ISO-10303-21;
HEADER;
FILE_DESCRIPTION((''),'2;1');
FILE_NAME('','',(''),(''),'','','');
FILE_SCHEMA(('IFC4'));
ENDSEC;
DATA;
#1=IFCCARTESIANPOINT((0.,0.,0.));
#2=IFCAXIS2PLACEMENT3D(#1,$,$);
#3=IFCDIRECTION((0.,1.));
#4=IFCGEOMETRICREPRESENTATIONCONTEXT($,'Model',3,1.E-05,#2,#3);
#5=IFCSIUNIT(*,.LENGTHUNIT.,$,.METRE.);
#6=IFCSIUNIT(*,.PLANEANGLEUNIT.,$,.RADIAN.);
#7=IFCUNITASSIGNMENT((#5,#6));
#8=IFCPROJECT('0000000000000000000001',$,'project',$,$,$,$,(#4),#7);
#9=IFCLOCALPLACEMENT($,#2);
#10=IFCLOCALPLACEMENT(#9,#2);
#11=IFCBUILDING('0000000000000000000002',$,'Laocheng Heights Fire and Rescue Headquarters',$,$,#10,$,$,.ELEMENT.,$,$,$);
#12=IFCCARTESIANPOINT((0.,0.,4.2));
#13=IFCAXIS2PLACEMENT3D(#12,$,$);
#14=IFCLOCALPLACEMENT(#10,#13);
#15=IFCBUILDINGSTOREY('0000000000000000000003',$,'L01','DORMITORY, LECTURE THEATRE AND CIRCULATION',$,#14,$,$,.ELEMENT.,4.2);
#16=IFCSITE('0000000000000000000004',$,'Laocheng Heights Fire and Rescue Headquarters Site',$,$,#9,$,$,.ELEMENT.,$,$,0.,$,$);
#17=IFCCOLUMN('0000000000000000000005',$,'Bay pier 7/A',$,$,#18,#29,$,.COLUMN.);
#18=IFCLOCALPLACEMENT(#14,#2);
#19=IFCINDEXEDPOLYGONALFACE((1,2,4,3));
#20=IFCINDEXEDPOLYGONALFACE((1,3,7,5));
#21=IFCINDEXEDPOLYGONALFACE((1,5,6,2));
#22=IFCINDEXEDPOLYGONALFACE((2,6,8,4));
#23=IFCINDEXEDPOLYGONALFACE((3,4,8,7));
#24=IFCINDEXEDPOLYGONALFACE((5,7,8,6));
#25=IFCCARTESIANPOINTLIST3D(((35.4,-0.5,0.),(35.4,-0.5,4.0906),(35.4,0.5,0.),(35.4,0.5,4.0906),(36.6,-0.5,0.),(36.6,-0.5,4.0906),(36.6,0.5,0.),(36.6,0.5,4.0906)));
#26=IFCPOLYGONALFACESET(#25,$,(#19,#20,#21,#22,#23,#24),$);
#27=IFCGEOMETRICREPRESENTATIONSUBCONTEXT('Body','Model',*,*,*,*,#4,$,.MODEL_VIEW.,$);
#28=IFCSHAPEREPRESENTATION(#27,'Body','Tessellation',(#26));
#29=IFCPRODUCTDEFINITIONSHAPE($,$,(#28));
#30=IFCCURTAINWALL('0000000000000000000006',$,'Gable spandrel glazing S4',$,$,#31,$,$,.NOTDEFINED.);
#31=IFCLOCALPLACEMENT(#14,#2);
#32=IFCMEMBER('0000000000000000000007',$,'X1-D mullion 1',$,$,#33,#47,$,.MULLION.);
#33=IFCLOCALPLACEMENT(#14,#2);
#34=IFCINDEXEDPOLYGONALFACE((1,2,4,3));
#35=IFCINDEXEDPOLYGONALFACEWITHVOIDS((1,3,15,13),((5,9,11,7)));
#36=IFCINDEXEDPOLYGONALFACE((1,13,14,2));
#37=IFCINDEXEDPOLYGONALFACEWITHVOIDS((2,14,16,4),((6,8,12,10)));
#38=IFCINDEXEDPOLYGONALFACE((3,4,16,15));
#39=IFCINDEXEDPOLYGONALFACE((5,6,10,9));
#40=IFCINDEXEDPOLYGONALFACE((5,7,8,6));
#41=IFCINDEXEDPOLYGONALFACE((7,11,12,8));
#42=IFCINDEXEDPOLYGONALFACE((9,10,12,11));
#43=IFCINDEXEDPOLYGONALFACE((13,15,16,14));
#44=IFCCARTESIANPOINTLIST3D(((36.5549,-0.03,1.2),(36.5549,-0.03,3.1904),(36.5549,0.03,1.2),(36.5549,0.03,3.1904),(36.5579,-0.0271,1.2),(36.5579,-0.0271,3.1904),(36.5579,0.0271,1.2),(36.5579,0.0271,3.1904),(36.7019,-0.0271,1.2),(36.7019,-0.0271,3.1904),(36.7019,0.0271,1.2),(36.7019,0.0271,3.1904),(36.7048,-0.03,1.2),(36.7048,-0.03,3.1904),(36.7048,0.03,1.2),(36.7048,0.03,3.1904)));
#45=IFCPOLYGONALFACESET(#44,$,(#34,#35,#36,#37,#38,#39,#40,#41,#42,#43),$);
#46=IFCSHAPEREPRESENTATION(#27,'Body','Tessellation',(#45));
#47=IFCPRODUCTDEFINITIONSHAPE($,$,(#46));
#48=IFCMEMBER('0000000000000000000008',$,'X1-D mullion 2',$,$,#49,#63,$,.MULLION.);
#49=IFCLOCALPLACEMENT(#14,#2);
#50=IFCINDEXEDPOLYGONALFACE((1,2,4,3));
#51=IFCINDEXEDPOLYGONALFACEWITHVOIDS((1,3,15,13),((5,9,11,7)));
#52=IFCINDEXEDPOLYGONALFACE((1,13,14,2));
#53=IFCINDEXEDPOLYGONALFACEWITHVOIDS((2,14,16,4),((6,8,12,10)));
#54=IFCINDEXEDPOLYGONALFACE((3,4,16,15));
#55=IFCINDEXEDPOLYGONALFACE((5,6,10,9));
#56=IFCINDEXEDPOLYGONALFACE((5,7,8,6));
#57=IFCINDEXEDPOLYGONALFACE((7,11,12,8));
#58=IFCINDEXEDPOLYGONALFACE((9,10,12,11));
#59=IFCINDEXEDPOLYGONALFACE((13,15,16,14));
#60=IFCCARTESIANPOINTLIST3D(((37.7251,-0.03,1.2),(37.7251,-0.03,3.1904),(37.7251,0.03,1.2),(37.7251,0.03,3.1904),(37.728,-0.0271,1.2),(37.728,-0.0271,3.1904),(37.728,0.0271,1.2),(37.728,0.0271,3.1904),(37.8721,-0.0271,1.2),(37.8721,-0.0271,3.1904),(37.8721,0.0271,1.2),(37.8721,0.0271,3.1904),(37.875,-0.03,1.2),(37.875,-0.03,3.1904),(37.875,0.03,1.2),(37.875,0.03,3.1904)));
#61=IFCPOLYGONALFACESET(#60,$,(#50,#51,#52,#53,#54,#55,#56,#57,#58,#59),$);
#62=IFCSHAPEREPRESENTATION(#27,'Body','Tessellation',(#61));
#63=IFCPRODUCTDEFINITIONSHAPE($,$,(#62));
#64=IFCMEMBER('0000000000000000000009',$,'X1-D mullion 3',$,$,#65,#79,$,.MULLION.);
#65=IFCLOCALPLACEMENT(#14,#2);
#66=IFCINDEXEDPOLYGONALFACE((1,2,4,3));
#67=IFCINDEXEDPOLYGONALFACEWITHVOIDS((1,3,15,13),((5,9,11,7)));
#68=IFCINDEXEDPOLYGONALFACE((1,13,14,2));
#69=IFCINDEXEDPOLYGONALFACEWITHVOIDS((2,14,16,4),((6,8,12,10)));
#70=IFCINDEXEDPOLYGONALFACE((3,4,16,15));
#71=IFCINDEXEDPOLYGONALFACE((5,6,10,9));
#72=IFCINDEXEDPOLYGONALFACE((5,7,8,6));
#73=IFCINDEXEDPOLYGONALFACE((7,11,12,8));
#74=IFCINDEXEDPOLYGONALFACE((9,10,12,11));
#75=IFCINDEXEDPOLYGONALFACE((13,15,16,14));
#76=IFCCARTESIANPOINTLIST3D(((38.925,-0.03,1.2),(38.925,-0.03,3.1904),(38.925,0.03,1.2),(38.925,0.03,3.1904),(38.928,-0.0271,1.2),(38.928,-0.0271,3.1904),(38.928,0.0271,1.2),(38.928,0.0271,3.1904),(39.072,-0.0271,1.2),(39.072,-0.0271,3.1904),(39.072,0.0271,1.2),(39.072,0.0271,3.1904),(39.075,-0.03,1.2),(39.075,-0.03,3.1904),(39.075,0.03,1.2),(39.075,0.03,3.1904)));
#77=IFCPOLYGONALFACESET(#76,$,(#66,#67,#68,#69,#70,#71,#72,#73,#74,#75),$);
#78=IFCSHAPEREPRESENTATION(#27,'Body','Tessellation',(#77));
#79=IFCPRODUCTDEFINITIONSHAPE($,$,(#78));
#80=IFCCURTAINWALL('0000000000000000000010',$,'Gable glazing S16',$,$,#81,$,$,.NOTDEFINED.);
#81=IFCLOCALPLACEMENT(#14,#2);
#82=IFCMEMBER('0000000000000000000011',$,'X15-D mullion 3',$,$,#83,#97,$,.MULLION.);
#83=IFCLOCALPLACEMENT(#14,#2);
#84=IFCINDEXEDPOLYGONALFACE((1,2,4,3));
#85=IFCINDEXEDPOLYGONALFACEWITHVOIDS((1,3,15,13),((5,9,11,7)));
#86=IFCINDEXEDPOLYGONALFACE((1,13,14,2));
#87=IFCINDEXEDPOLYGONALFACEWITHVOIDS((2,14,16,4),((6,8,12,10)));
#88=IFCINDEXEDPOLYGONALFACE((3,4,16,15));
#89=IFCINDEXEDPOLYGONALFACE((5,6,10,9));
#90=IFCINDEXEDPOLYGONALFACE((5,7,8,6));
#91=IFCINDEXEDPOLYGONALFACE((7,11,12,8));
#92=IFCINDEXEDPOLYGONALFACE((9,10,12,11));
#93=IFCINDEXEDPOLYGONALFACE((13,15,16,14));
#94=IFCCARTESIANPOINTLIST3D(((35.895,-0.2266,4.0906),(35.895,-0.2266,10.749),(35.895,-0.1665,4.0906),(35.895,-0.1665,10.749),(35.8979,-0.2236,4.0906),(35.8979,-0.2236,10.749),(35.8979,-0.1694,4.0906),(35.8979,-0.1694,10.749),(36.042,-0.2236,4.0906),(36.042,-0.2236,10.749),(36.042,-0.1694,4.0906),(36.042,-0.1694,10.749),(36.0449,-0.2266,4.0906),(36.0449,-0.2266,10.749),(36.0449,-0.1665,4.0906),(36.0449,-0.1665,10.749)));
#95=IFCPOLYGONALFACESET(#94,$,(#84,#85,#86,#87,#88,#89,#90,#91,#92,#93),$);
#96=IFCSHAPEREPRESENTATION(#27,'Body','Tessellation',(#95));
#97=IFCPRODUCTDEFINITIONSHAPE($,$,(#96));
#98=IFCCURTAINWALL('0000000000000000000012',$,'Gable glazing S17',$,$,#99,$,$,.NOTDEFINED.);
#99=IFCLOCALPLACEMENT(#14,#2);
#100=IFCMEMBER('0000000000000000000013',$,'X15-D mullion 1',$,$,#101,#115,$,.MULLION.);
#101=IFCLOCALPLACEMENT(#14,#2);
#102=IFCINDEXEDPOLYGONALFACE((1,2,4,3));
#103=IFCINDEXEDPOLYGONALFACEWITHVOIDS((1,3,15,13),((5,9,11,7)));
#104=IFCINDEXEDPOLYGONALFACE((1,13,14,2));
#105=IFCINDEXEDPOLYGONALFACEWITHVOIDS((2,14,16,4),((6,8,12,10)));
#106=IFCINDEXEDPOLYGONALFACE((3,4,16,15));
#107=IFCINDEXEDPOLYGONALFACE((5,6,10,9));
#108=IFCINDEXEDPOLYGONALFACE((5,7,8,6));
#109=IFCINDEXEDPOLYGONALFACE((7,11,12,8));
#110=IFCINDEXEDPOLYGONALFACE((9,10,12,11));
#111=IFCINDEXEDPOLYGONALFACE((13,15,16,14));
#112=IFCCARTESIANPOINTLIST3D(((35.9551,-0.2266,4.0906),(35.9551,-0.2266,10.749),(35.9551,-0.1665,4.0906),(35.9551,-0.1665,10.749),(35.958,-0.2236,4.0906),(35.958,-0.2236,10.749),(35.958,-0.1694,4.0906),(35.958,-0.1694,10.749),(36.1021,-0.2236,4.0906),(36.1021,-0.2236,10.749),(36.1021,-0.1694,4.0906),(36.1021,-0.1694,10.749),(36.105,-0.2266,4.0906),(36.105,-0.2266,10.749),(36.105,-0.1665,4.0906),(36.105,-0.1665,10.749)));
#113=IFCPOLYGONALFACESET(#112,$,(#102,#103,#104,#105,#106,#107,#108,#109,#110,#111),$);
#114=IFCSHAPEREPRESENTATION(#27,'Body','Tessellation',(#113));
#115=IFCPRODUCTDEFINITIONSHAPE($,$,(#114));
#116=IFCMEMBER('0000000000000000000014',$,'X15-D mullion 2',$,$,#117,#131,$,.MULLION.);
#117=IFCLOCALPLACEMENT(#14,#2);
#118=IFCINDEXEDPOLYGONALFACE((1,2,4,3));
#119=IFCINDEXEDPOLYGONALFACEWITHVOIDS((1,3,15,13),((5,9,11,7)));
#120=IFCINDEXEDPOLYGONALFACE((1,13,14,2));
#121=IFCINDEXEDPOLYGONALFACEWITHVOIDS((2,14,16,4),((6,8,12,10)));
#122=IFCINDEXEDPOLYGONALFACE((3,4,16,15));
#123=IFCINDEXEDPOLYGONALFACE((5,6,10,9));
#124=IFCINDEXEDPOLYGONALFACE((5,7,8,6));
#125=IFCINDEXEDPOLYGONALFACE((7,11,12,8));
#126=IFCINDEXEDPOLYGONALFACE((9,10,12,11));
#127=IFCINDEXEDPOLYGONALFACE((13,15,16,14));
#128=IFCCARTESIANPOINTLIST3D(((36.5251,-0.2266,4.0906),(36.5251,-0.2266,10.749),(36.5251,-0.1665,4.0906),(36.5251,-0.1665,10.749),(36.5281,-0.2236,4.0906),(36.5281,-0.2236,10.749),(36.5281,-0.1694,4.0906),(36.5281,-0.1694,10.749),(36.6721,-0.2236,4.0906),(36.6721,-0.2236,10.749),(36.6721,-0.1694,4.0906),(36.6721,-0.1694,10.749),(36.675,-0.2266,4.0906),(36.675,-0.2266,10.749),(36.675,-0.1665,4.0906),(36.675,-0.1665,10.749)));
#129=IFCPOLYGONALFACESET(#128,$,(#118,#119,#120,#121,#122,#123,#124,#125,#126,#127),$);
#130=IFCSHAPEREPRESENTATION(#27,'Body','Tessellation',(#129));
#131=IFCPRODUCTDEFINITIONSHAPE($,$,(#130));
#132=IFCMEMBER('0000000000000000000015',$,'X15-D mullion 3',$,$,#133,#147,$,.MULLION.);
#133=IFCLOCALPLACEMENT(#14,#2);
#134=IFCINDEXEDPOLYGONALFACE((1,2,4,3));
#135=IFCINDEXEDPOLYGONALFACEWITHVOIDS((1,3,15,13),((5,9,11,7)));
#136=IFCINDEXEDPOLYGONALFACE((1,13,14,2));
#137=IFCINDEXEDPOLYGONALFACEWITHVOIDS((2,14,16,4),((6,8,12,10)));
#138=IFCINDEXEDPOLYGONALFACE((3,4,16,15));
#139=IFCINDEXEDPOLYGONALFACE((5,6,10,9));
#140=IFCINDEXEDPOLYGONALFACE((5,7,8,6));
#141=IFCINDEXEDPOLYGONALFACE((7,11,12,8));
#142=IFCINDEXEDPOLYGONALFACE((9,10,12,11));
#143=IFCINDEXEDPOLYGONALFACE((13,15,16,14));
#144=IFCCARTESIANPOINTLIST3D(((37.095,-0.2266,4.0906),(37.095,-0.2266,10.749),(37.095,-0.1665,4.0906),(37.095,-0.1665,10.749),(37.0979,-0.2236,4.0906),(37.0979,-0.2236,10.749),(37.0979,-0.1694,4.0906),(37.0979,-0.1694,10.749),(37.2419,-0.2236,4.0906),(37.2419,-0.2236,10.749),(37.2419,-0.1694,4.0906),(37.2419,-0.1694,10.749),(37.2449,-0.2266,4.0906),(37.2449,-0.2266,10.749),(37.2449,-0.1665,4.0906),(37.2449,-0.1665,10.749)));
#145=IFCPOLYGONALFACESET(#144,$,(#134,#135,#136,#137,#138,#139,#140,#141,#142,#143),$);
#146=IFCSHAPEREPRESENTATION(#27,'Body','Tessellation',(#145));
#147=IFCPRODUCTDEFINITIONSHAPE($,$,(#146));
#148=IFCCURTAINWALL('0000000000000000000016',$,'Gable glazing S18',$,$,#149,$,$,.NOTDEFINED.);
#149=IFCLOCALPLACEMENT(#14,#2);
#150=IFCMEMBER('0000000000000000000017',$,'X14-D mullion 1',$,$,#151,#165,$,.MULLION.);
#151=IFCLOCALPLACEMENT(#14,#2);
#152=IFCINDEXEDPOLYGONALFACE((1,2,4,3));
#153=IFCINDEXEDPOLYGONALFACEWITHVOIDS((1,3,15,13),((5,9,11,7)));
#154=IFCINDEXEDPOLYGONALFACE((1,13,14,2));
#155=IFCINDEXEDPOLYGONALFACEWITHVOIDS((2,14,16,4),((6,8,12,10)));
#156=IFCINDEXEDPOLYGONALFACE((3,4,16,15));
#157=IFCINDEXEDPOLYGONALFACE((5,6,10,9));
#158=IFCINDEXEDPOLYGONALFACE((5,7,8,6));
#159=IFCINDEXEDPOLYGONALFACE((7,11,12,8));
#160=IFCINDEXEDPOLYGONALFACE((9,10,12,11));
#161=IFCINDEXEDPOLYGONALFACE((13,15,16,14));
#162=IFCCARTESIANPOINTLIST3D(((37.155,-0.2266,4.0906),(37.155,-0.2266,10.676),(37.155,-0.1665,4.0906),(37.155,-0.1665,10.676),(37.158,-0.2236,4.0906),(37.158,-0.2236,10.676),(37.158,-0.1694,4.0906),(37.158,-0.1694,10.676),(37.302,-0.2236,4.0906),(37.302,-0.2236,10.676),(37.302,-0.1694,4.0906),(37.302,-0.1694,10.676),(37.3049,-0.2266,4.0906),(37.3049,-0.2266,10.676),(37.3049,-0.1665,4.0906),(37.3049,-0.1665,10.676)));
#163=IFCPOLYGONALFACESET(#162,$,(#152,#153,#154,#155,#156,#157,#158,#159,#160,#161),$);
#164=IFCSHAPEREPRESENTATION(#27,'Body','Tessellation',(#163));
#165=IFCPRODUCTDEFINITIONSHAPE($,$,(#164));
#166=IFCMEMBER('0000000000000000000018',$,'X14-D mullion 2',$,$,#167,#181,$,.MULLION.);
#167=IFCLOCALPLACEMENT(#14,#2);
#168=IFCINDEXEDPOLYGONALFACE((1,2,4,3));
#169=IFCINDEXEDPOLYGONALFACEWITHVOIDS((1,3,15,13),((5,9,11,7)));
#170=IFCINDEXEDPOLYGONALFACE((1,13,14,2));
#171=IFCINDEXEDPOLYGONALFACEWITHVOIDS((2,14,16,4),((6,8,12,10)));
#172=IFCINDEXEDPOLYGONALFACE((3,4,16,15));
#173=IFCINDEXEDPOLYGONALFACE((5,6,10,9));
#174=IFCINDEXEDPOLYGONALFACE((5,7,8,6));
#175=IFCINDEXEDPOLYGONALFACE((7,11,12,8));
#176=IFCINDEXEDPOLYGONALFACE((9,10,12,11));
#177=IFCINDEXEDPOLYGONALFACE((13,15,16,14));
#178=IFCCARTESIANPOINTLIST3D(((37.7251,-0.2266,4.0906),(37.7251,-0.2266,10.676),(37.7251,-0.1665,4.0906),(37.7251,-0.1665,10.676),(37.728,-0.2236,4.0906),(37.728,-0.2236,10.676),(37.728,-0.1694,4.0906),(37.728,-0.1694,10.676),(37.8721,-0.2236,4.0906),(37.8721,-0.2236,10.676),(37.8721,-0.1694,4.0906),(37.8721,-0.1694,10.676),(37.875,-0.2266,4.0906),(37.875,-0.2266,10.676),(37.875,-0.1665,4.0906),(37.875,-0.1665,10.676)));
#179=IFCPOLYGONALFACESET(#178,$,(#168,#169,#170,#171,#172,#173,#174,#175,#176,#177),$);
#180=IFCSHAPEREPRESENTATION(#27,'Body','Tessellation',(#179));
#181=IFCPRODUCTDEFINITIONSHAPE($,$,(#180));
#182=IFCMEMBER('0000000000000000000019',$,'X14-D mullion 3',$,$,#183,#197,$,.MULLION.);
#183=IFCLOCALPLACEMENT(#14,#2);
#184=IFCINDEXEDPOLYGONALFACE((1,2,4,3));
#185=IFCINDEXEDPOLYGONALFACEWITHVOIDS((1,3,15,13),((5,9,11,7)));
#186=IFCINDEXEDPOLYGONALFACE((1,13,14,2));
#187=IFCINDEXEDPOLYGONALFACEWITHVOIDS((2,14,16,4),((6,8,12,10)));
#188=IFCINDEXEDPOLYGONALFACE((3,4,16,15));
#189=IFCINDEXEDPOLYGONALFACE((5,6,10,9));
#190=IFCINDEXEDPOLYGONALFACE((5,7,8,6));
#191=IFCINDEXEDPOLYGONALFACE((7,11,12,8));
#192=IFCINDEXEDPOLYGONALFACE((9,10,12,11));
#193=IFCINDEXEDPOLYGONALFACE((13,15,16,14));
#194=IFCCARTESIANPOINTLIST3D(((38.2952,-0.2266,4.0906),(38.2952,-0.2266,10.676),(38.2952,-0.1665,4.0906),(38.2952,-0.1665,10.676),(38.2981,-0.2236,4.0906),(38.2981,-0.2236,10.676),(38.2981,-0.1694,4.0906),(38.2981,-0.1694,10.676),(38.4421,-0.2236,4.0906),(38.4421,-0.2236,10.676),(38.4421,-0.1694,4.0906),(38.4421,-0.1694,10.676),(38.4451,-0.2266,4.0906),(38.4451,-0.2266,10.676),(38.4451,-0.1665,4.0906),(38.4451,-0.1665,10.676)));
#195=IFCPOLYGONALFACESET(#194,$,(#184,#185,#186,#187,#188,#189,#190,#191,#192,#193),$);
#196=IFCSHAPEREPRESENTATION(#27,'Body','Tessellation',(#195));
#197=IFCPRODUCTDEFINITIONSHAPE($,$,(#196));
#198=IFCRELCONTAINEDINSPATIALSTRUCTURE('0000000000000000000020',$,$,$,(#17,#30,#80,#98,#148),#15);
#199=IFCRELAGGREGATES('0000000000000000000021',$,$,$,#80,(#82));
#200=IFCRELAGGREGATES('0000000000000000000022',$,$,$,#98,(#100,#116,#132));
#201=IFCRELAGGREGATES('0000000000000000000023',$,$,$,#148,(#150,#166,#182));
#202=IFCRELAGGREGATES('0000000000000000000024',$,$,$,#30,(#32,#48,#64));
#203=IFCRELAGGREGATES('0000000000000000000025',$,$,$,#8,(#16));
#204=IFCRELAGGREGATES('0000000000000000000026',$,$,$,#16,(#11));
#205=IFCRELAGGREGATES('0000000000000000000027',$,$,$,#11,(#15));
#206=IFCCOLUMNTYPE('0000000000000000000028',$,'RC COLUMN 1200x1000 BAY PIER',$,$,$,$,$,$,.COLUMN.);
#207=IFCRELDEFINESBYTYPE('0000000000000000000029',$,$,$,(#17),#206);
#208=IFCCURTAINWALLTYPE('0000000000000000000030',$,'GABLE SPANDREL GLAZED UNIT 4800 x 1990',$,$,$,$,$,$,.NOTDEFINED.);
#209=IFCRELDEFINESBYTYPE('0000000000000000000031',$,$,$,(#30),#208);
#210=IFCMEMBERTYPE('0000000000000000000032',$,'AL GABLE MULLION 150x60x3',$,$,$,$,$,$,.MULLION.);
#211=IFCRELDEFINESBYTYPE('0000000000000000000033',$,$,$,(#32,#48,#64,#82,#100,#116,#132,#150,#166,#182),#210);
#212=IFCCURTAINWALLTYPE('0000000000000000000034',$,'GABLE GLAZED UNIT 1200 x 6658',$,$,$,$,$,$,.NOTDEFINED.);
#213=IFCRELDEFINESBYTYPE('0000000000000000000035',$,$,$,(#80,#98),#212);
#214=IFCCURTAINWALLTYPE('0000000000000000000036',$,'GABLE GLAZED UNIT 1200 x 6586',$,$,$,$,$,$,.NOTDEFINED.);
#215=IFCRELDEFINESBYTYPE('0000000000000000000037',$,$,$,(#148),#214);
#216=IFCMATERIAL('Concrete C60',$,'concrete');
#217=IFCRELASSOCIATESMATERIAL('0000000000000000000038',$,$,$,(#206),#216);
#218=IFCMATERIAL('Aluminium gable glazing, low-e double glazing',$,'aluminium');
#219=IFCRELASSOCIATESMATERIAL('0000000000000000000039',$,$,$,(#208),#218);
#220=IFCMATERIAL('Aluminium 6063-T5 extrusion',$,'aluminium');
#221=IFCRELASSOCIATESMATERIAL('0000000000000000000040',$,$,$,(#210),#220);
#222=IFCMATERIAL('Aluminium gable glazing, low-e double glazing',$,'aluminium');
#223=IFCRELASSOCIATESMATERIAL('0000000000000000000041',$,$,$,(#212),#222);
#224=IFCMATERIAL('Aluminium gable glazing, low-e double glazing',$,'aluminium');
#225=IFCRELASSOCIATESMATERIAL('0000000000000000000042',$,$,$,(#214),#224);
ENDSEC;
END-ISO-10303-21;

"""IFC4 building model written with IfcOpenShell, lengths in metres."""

from ifc_helpers import new_model, si_unit, direction, frame, origin, origin_2d, place, context, subcontext, project, spatial, rectangle, hollow_rectangle, extrude, material, material_profile, profile_set, type_object, element, aggregate, save


model = new_model("IFC4")

# Units and contexts
model_context = context("Model", 3, precision=1e-05, world=origin(), true_north=direction((0.0, 1.0)))
body_context = subcontext(model_context, "Body", "Model", "MODEL_VIEW")
ifc_project = project(units=[si_unit("LENGTHUNIT", "METRE"), si_unit("PLANEANGLEUNIT", "RADIAN")], contexts=[model_context])

# Site, building, storey
site_placement = place(None, origin())
site = spatial("IfcSite", under=ifc_project, at=site_placement, Name="Laocheng Heights Fire and Rescue Headquarters Site", CompositionType="ELEMENT", RefElevation=0.0)
building_placement = place(site_placement, origin())
building = spatial("IfcBuilding", under=site, at=building_placement, Name="Laocheng Heights Fire and Rescue Headquarters", CompositionType="ELEMENT")
storey_placement = place(building_placement, frame((0.0, 0.0, 4.2)))
storey = spatial("IfcBuildingStorey", under=building, at=storey_placement, Name="L01", Description="DORMITORY, LECTURE THEATRE AND CIRCULATION", CompositionType="ELEMENT", Elevation=4.2)

# Column
ifc_material_1 = material(Name="Concrete C60", Category="concrete")
ifc_material_profile_1 = material_profile(ifc_material_1, rectangle(XDim=1.2, YDim=1.0, at=origin_2d()), Name="RC COLUMN 1200x1000 BAY PIER")
ifc_profile_set_1 = profile_set([ifc_material_profile_1], Name="Concrete C60")
column_type = type_object("IfcColumnType", Name="RC COLUMN 1200x1000 BAY PIER", PredefinedType="COLUMN", material=ifc_profile_set_1)
column_placement = place(storey_placement, frame((36.0, 0.0, 0.0), z_axis=(0.0, 0.0, 1.0), x_axis=(1.0, 0.0, 0.0)))
element("IfcColumn", 1, at=column_placement, inside=storey, type_object=column_type, Name="Bay pier 7/A", PredefinedType="COLUMN", context=body_context, shape_type="SweptSolid", body=[
    extrude(rectangle(XDim=1.2, YDim=1.0, at=origin_2d()), origin(), (0.0, 0.0, 1.0), 4.0906),
])

# Curtain wall, members
ifc_material_2 = material(Name="Aluminium gable glazing, low-e double glazing", Category="aluminium")
curtain_wall_type_1 = type_object("IfcCurtainWallType", Name="GABLE SPANDREL GLAZED UNIT 4800 x 1990", PredefinedType="NOTDEFINED", material=ifc_material_2)
curtain_wall_1_placement = place(storey_placement, origin())
curtain_wall_1 = element("IfcCurtainWall", 2, at=curtain_wall_1_placement, inside=storey, type_object=curtain_wall_type_1, Name="Gable spandrel glazing S4", PredefinedType="NOTDEFINED")
ifc_material_3 = material(Name="Aluminium 6063-T5 extrusion", Category="aluminium")
ifc_material_profile_2 = material_profile(ifc_material_3, hollow_rectangle(XDim=0.0601, YDim=0.1499, WallThickness=0.0029, at=origin_2d()), Name="AL MULLION 150x60x3")
ifc_profile_set_2 = profile_set([ifc_material_profile_2], Name="Aluminium 6063-T5 extrusion")
member_type_1 = type_object("IfcMemberType", Name="AL GABLE MULLION 150x60x3", PredefinedType="MULLION", material=ifc_profile_set_2)
member_1_placement = place(storey_placement, frame((36.6299, 0.0, 1.2), z_axis=(0.0, 0.0, 1.0), x_axis=(0.0, 1.0, 0.0)))
member_1 = element("IfcMember", 3, at=member_1_placement, type_object=member_type_1, Name="X1-D mullion 1", PredefinedType="MULLION", context=body_context, shape_type="SweptSolid", body=[
    extrude(hollow_rectangle(XDim=0.0601, YDim=0.1499, WallThickness=0.0029, at=origin_2d()), origin(), (0.0, 0.0, 1.0), 1.9905),
])
member_2_placement = place(storey_placement, frame((37.8, 0.0, 1.2), z_axis=(0.0, 0.0, 1.0), x_axis=(0.0, 1.0, 0.0)))
member_2 = element("IfcMember", 4, at=member_2_placement, type_object=member_type_1, Name="X1-D mullion 2", PredefinedType="MULLION", context=body_context, shape_type="SweptSolid", body=[
    extrude(hollow_rectangle(XDim=0.0601, YDim=0.1499, WallThickness=0.0029, at=origin_2d()), origin(), (0.0, 0.0, 1.0), 1.9905),
])
member_3_placement = place(storey_placement, frame((39.0, 0.0, 1.2), z_axis=(0.0, 0.0, 1.0), x_axis=(0.0, 1.0, 0.0)))
member_3 = element("IfcMember", 5, at=member_3_placement, type_object=member_type_1, Name="X1-D mullion 3", PredefinedType="MULLION", context=body_context, shape_type="SweptSolid", body=[
    extrude(hollow_rectangle(XDim=0.0601, YDim=0.1499, WallThickness=0.0029, at=origin_2d()), origin(), (0.0, 0.0, 1.0), 1.9905),
])

# Curtain wall, member
ifc_material_4 = material(Name="Aluminium gable glazing, low-e double glazing", Category="aluminium")
curtain_wall_type_2 = type_object("IfcCurtainWallType", Name="GABLE GLAZED UNIT 1200 x 6658", PredefinedType="NOTDEFINED", material=ifc_material_4)
curtain_wall_2_placement = place(storey_placement, origin())
curtain_wall_2 = element("IfcCurtainWall", 6, at=curtain_wall_2_placement, inside=storey, type_object=curtain_wall_type_2, Name="Gable glazing S16", PredefinedType="NOTDEFINED")
member_4_placement = place(storey_placement, frame((35.97, -0.1965, 4.0906), z_axis=(0.0, 0.0, 1.0), x_axis=(0.0, 1.0, 0.0)))
member_4 = element("IfcMember", 7, at=member_4_placement, type_object=member_type_1, Name="X15-D mullion 3", PredefinedType="MULLION", context=body_context, shape_type="SweptSolid", body=[
    extrude(hollow_rectangle(XDim=0.0601, YDim=0.1499, WallThickness=0.0029, at=origin_2d()), origin(), (0.0, 0.0, 1.0), 6.6584),
])
aggregate(curtain_wall_2, [member_4])

# Curtain walls, members
curtain_wall_3_placement = place(storey_placement, origin())
curtain_wall_3 = element("IfcCurtainWall", 8, at=curtain_wall_3_placement, inside=storey, type_object=curtain_wall_type_2, Name="Gable glazing S17", PredefinedType="NOTDEFINED")
member_5_placement = place(storey_placement, frame((36.03, -0.1965, 4.0906), z_axis=(0.0, 0.0, 1.0), x_axis=(0.0, 1.0, 0.0)))
member_5 = element("IfcMember", 9, at=member_5_placement, type_object=member_type_1, Name="X15-D mullion 1", PredefinedType="MULLION", context=body_context, shape_type="SweptSolid", body=[
    extrude(hollow_rectangle(XDim=0.0601, YDim=0.1499, WallThickness=0.0029, at=origin_2d()), origin(), (0.0, 0.0, 1.0), 6.6584),
])
member_6_placement = place(storey_placement, frame((36.6001, -0.1965, 4.0906), z_axis=(0.0, 0.0, 1.0), x_axis=(0.0, 1.0, 0.0)))
member_6 = element("IfcMember", 10, at=member_6_placement, type_object=member_type_1, Name="X15-D mullion 2", PredefinedType="MULLION", context=body_context, shape_type="SweptSolid", body=[
    extrude(hollow_rectangle(XDim=0.0601, YDim=0.1499, WallThickness=0.0029, at=origin_2d()), origin(), (0.0, 0.0, 1.0), 6.6584),
])
member_7_placement = place(storey_placement, frame((37.1699, -0.1965, 4.0906), z_axis=(0.0, 0.0, 1.0), x_axis=(0.0, 1.0, 0.0)))
member_7 = element("IfcMember", 11, at=member_7_placement, type_object=member_type_1, Name="X15-D mullion 3", PredefinedType="MULLION", context=body_context, shape_type="SweptSolid", body=[
    extrude(hollow_rectangle(XDim=0.0601, YDim=0.1499, WallThickness=0.0029, at=origin_2d()), origin(), (0.0, 0.0, 1.0), 6.6584),
])
aggregate(curtain_wall_3, [member_5, member_6, member_7])
ifc_material_5 = material(Name="Aluminium gable glazing, low-e double glazing", Category="aluminium")
curtain_wall_type_3 = type_object("IfcCurtainWallType", Name="GABLE GLAZED UNIT 1200 x 6586", PredefinedType="NOTDEFINED", material=ifc_material_5)
curtain_wall_4_placement = place(storey_placement, origin())
curtain_wall_4 = element("IfcCurtainWall", 12, at=curtain_wall_4_placement, inside=storey, type_object=curtain_wall_type_3, Name="Gable glazing S18", PredefinedType="NOTDEFINED")
member_8_placement = place(storey_placement, frame((37.23, -0.1965, 4.0906), z_axis=(0.0, 0.0, 1.0), x_axis=(0.0, 1.0, 0.0)))
member_8 = element("IfcMember", 13, at=member_8_placement, type_object=member_type_1, Name="X14-D mullion 1", PredefinedType="MULLION", context=body_context, shape_type="SweptSolid", body=[
    extrude(hollow_rectangle(XDim=0.0601, YDim=0.1499, WallThickness=0.0029, at=origin_2d()), origin(), (0.0, 0.0, 1.0), 6.5854),
])
member_9_placement = place(storey_placement, frame((37.8, -0.1965, 4.0906), z_axis=(0.0, 0.0, 1.0), x_axis=(0.0, 1.0, 0.0)))
member_9 = element("IfcMember", 14, at=member_9_placement, type_object=member_type_1, Name="X14-D mullion 2", PredefinedType="MULLION", context=body_context, shape_type="SweptSolid", body=[
    extrude(hollow_rectangle(XDim=0.0601, YDim=0.1499, WallThickness=0.0029, at=origin_2d()), origin(), (0.0, 0.0, 1.0), 6.5854),
])
member_10_placement = place(storey_placement, frame((38.3701, -0.1965, 4.0906), z_axis=(0.0, 0.0, 1.0), x_axis=(0.0, 1.0, 0.0)))
member_10 = element("IfcMember", 15, at=member_10_placement, type_object=member_type_1, Name="X14-D mullion 3", PredefinedType="MULLION", context=body_context, shape_type="SweptSolid", body=[
    extrude(hollow_rectangle(XDim=0.0601, YDim=0.1499, WallThickness=0.0029, at=origin_2d()), origin(), (0.0, 0.0, 1.0), 6.5854),
])
aggregate(curtain_wall_4, [member_8, member_9, member_10])

aggregate(curtain_wall_1, [member_1, member_2, member_3])

save(model, "model.ifc")
